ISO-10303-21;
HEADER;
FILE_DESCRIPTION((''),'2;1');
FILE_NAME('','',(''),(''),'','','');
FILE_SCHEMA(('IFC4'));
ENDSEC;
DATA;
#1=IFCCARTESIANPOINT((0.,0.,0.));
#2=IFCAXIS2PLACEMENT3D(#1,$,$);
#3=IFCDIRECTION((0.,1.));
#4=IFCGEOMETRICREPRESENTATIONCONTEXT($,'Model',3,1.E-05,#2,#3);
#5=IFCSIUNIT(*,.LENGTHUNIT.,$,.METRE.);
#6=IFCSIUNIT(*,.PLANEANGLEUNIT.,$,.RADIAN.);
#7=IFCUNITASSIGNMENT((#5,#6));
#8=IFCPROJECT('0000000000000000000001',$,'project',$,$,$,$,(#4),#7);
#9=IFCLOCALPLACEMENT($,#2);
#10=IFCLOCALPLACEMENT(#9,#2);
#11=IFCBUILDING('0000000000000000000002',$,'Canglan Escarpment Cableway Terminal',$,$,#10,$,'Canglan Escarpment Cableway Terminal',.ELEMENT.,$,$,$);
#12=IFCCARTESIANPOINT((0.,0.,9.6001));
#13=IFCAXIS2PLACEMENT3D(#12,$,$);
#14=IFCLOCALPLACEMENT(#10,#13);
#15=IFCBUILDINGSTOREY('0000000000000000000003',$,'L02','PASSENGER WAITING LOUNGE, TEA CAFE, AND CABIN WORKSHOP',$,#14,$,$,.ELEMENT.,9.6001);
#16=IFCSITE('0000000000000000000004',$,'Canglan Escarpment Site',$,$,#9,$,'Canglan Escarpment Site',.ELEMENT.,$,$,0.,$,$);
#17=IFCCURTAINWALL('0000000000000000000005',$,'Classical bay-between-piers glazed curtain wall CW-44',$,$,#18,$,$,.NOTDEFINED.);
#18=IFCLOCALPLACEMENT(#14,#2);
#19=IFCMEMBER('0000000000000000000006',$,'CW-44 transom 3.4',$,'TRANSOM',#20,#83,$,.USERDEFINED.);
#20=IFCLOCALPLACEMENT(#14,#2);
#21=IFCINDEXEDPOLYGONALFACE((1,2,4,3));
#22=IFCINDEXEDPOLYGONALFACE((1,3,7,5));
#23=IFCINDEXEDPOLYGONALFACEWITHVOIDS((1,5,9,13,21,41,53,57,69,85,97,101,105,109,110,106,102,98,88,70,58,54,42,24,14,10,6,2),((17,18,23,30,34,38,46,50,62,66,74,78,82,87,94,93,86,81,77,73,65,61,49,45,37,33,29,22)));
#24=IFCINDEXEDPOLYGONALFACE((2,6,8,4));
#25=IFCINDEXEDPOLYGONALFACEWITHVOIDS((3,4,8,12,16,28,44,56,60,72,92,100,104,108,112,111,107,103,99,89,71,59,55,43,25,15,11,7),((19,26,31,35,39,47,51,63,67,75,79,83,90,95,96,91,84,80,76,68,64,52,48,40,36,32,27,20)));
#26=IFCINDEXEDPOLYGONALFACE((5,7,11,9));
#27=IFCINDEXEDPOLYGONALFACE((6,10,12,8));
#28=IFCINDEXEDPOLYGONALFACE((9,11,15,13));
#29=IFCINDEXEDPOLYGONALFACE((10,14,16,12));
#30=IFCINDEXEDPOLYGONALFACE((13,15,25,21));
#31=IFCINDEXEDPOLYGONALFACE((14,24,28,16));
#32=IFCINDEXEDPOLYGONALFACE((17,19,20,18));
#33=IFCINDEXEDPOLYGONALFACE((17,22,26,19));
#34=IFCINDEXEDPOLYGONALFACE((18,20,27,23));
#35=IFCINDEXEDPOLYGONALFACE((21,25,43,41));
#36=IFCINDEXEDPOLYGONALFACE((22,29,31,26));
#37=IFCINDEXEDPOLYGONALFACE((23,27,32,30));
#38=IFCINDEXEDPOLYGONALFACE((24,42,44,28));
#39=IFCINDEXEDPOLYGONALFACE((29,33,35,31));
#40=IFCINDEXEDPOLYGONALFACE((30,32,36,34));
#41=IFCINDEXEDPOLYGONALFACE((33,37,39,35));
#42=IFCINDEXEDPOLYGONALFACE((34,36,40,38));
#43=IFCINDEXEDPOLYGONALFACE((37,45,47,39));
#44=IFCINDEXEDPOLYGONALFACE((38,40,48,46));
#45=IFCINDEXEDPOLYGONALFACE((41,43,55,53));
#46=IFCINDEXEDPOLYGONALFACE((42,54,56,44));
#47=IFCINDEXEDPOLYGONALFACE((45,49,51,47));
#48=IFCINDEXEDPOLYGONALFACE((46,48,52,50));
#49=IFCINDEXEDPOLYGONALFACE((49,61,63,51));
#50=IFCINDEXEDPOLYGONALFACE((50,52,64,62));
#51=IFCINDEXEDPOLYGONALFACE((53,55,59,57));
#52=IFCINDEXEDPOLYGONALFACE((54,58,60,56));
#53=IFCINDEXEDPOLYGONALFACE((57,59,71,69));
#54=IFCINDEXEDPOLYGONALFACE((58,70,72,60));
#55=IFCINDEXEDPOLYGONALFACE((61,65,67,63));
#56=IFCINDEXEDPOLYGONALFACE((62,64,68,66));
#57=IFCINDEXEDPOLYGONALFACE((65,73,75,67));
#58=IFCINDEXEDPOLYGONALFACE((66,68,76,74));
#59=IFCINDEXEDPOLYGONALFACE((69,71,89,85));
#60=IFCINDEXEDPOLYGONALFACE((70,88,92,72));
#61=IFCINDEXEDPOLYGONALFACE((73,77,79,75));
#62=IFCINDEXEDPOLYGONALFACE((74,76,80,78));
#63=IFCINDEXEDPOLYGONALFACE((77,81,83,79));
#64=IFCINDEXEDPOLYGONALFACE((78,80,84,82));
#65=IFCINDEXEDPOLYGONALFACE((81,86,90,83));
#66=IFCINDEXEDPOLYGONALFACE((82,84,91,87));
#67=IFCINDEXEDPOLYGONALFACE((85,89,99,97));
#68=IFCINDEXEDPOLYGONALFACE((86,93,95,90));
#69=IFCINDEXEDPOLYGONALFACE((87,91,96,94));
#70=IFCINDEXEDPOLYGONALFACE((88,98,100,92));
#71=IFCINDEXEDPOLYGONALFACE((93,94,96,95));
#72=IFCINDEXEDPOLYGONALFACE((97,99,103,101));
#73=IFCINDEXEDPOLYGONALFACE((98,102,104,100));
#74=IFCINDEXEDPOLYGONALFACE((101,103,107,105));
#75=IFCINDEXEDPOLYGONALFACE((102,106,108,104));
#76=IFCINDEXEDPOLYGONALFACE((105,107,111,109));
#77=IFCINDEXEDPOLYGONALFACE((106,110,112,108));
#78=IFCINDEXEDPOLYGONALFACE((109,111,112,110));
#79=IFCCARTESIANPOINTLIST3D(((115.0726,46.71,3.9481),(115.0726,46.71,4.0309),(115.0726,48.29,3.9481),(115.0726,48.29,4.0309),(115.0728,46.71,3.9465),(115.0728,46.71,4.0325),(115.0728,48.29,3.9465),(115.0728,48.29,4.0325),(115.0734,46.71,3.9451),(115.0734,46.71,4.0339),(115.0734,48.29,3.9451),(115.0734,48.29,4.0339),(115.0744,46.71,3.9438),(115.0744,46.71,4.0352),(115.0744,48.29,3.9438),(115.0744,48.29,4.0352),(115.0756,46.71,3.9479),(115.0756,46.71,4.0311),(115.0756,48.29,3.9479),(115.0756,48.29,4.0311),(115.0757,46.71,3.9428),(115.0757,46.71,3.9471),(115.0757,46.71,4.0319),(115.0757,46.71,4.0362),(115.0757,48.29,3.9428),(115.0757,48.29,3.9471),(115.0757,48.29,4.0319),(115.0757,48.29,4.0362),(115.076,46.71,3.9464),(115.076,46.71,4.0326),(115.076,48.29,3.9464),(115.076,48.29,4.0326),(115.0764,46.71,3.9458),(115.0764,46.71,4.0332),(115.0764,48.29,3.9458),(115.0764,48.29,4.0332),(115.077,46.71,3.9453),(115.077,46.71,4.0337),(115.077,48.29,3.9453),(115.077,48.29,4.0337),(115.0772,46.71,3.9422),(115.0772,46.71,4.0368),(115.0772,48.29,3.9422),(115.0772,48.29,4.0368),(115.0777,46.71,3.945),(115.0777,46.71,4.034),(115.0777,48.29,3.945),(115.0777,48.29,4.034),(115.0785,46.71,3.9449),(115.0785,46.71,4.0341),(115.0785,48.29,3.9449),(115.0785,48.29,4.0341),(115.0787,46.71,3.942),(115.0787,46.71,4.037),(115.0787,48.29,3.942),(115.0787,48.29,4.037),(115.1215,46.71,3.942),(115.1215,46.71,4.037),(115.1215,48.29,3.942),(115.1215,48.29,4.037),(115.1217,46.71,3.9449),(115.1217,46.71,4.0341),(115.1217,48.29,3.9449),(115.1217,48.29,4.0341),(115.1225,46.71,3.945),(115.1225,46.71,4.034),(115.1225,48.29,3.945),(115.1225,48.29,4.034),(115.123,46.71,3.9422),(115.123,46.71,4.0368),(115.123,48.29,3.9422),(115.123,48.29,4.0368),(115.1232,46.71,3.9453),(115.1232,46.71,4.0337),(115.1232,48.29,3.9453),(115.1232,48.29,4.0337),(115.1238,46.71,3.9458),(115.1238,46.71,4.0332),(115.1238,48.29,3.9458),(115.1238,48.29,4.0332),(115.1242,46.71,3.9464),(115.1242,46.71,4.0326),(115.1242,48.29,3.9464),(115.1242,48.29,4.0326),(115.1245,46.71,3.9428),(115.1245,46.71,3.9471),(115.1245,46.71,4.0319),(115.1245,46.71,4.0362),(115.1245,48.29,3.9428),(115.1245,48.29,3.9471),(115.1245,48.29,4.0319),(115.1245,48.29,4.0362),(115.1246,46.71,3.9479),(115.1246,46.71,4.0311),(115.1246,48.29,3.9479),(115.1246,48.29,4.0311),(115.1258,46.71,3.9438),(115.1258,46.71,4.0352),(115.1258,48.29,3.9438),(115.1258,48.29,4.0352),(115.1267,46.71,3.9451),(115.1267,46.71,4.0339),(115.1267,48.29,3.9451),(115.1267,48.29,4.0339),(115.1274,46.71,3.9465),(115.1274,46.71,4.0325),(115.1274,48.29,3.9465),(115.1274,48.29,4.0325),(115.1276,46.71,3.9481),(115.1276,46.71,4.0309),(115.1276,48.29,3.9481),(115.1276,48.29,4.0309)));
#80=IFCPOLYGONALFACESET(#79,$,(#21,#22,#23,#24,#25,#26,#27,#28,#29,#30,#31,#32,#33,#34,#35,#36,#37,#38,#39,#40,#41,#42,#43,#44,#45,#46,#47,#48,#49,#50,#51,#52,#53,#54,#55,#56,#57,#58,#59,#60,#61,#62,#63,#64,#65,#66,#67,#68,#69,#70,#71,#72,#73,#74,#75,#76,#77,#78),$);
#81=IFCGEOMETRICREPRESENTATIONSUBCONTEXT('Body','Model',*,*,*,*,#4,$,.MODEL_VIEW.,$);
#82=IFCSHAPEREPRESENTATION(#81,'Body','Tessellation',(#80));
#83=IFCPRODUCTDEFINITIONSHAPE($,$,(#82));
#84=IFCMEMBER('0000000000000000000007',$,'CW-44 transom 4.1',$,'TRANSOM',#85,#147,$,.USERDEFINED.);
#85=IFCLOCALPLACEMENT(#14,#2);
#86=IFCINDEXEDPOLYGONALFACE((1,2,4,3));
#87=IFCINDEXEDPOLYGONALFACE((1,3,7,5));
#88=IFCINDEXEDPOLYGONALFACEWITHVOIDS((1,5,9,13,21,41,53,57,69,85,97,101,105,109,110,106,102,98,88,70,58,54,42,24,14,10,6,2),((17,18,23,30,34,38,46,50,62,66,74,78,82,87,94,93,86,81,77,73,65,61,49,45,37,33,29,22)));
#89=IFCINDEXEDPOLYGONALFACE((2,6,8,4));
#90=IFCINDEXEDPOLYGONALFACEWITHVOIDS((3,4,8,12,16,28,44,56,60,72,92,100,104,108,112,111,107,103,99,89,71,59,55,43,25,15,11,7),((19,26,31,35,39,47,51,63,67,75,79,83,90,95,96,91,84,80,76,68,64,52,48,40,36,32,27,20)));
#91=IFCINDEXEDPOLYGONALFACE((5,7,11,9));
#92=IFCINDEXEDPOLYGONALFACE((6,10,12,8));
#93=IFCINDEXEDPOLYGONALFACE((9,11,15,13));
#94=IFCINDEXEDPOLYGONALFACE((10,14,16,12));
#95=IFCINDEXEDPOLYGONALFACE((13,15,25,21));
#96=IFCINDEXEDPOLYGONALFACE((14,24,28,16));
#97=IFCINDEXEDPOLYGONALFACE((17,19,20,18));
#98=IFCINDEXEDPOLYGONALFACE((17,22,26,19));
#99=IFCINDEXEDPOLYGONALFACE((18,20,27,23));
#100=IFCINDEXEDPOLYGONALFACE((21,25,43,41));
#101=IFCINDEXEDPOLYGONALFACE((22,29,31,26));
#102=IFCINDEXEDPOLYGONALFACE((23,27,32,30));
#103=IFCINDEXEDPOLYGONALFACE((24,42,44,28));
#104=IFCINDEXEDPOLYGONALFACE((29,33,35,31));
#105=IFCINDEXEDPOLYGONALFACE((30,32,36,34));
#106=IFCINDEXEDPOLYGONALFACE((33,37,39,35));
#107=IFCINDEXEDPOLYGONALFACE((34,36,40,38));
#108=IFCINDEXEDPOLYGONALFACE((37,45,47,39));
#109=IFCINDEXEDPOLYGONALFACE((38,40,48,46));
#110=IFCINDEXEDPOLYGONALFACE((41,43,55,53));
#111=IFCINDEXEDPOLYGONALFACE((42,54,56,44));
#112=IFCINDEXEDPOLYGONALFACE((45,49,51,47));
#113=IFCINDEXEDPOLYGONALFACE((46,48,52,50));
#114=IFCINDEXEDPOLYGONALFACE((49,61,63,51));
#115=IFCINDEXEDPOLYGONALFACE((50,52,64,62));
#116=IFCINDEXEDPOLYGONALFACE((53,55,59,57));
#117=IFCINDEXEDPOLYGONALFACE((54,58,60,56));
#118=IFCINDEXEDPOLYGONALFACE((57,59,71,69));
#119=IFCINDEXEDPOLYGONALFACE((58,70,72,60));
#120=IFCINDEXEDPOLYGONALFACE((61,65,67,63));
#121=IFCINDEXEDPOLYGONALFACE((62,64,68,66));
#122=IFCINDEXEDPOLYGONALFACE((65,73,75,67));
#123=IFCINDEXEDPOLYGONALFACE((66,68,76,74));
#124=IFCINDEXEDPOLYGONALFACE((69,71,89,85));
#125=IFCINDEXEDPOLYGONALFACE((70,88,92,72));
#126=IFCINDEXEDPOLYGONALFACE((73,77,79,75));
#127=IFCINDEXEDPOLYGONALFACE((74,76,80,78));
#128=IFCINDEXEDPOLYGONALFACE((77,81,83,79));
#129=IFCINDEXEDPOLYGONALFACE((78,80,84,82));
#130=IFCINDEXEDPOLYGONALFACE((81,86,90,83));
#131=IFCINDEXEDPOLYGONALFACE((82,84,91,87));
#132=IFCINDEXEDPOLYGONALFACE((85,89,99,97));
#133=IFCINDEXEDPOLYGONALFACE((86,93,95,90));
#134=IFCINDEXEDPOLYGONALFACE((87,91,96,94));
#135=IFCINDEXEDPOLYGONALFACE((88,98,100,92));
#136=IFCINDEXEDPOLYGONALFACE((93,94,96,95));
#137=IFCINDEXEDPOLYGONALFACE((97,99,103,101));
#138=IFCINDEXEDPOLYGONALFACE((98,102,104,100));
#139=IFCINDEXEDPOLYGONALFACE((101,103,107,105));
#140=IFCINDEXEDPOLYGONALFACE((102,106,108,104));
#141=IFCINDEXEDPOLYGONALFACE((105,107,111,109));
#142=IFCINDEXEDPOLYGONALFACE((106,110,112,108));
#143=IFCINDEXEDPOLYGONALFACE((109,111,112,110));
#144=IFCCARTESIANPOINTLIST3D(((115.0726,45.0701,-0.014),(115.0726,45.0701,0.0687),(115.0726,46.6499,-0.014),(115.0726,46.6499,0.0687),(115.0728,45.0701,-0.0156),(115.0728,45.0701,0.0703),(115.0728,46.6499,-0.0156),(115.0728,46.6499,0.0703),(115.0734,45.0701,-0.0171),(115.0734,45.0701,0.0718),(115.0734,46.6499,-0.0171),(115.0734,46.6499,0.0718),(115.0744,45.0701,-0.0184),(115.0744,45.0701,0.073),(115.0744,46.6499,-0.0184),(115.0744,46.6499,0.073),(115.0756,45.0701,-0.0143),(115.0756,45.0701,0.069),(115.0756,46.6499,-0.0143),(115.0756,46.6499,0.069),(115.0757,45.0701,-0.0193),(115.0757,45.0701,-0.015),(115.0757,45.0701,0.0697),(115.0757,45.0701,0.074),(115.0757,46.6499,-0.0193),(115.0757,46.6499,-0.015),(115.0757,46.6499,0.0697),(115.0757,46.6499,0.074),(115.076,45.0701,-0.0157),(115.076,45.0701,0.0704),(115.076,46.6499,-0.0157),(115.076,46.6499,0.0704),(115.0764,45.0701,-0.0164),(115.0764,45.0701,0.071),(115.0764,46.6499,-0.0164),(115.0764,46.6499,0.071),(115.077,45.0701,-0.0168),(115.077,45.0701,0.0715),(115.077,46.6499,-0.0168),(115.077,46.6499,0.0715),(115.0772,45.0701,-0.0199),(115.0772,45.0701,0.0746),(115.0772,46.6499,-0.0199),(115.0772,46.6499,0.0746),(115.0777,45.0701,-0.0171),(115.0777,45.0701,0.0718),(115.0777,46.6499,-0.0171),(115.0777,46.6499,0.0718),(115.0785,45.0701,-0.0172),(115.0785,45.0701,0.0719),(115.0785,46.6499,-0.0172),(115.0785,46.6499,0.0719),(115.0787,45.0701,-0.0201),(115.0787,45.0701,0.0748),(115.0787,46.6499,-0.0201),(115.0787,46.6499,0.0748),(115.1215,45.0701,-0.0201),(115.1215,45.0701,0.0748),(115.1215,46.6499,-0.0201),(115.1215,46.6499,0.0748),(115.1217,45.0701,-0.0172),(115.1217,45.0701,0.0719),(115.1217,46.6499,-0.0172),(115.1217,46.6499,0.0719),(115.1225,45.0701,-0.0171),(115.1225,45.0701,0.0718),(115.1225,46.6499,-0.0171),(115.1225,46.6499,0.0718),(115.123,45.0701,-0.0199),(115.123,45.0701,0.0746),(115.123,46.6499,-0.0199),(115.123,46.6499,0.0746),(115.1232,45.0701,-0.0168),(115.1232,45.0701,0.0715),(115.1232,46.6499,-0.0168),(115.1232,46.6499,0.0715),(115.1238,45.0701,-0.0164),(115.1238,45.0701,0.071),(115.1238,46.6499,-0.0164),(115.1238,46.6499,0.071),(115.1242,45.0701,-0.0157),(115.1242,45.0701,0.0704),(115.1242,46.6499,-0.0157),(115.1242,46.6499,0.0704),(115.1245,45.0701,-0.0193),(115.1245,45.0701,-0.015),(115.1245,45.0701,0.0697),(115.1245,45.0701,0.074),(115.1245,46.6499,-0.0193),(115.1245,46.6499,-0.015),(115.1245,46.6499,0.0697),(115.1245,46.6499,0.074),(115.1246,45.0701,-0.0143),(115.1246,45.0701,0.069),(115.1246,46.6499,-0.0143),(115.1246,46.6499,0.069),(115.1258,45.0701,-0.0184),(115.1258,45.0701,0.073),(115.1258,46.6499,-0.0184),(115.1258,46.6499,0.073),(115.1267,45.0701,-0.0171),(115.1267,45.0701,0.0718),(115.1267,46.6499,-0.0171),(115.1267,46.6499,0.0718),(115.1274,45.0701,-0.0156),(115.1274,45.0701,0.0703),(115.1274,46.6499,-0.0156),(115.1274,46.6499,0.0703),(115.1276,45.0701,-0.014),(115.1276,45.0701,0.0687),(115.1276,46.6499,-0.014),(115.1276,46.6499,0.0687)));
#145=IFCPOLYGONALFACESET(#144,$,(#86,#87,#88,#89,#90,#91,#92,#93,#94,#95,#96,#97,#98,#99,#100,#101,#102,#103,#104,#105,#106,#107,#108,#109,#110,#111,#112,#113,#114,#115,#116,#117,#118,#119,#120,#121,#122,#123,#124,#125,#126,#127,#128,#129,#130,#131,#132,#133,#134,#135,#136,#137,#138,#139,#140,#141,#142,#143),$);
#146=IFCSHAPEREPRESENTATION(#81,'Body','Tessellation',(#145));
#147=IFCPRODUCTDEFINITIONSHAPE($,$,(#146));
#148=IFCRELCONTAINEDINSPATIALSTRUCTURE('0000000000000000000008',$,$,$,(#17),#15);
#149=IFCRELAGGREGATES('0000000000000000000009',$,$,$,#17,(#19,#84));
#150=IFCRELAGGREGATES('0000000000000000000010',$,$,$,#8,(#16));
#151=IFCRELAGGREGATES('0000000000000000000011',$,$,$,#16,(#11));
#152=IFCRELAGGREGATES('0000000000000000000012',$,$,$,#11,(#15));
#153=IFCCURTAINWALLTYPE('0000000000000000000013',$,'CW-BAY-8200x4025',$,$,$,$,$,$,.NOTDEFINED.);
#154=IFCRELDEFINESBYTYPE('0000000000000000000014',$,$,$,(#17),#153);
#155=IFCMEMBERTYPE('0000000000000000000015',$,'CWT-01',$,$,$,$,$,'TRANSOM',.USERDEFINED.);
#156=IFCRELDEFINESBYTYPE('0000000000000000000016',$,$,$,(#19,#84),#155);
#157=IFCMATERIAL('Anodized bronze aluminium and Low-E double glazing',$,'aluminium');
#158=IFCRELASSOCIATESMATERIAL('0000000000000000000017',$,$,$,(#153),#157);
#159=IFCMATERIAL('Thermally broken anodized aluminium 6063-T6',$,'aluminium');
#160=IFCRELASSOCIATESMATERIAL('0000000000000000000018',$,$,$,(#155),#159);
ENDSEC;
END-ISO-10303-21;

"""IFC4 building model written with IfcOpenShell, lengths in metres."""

from ifc_helpers import new_model, si_unit, direction, frame, origin, origin_2d, place, context, subcontext, project, spatial, hollow_rectangle, extrude, material, material_profile, profile_set, type_object, element, aggregate, save


model = new_model("IFC4")

# Units and contexts
model_context = context("Model", 3, precision=1e-05, world=origin(), true_north=direction((0.0, 1.0)))
body_context = subcontext(model_context, "Body", "Model", "MODEL_VIEW")
ifc_project = project(units=[si_unit("LENGTHUNIT", "METRE"), si_unit("PLANEANGLEUNIT", "RADIAN")], contexts=[model_context])

# Site, building, storey
site_placement = place(None, origin())
site = spatial("IfcSite", under=ifc_project, at=site_placement, Name="Canglan Escarpment Site", LongName="Canglan Escarpment Site", CompositionType="ELEMENT", RefElevation=0.0)
building_placement = place(site_placement, origin())
building = spatial("IfcBuilding", under=site, at=building_placement, Name="Canglan Escarpment Cableway Terminal", LongName="Canglan Escarpment Cableway Terminal", CompositionType="ELEMENT")
storey_placement = place(building_placement, frame((0.0, 0.0, 9.6001)))
storey = spatial("IfcBuildingStorey", under=building, at=storey_placement, Name="L02", Description="PASSENGER WAITING LOUNGE, TEA CAFE, AND CABIN WORKSHOP", CompositionType="ELEMENT", Elevation=9.6001)

# Curtain wall, members
ifc_material_1 = material(Name="Anodized bronze aluminium and Low-E double glazing", Category="aluminium")
curtain_wall_type = type_object("IfcCurtainWallType", Name="CW-BAY-8200x4025", PredefinedType="NOTDEFINED", material=ifc_material_1)
curtain_wall_placement = place(storey_placement, origin())
curtain_wall = element("IfcCurtainWall", 1, at=curtain_wall_placement, inside=storey, type_object=curtain_wall_type, Name="Classical bay-between-piers glazed curtain wall CW-44", PredefinedType="NOTDEFINED")
ifc_material_2 = material(Name="Thermally broken anodized aluminium 6063-T6", Category="aluminium")
ifc_material_profile_1 = material_profile(ifc_material_2, hollow_rectangle(XDim=0.0549, YDim=0.095, WallThickness=0.0029, InnerFilletRadius=0.0029, OuterFilletRadius=0.0061, at=origin_2d()), Name="ALU-TRAN 55x95x3")
ifc_profile_set_1 = profile_set([ifc_material_profile_1], Name="Thermally broken anodized aluminium 6063-T6")
member_type_1 = type_object("IfcMemberType", Name="CWT-01", ElementType="TRANSOM", PredefinedType="USERDEFINED", material=ifc_profile_set_1)
member_1_placement = place(storey_placement, frame((115.1001, 48.29, 3.9895), z_axis=(0.0, -1.0, 0.0), x_axis=(1.0, 0.0, 0.0)))
member_1 = element("IfcMember", 2, at=member_1_placement, type_object=member_type_1, Name="CW-44 transom 3.4", ObjectType="TRANSOM", PredefinedType="USERDEFINED", context=body_context, shape_type="SweptSolid", body=[
    extrude(hollow_rectangle(XDim=0.0549, YDim=0.095, WallThickness=0.0029, InnerFilletRadius=0.0029, OuterFilletRadius=0.0061, at=origin_2d()), origin(), (0.0, 0.0, 1.0), 1.5801),
])
member_2_placement = place(storey_placement, frame((115.1001, 46.6499, 0.0273), z_axis=(0.0, -1.0, 0.0), x_axis=(1.0, 0.0, 0.0)))
member_2 = element("IfcMember", 3, at=member_2_placement, type_object=member_type_1, Name="CW-44 transom 4.1", ObjectType="TRANSOM", PredefinedType="USERDEFINED", context=body_context, shape_type="SweptSolid", body=[
    extrude(hollow_rectangle(XDim=0.0549, YDim=0.095, WallThickness=0.0029, InnerFilletRadius=0.0029, OuterFilletRadius=0.0061, at=origin_2d()), origin(), (0.0, 0.0, 1.0), 1.5798),
])
aggregate(curtain_wall, [member_1, member_2])

save(model, "model.ifc")
